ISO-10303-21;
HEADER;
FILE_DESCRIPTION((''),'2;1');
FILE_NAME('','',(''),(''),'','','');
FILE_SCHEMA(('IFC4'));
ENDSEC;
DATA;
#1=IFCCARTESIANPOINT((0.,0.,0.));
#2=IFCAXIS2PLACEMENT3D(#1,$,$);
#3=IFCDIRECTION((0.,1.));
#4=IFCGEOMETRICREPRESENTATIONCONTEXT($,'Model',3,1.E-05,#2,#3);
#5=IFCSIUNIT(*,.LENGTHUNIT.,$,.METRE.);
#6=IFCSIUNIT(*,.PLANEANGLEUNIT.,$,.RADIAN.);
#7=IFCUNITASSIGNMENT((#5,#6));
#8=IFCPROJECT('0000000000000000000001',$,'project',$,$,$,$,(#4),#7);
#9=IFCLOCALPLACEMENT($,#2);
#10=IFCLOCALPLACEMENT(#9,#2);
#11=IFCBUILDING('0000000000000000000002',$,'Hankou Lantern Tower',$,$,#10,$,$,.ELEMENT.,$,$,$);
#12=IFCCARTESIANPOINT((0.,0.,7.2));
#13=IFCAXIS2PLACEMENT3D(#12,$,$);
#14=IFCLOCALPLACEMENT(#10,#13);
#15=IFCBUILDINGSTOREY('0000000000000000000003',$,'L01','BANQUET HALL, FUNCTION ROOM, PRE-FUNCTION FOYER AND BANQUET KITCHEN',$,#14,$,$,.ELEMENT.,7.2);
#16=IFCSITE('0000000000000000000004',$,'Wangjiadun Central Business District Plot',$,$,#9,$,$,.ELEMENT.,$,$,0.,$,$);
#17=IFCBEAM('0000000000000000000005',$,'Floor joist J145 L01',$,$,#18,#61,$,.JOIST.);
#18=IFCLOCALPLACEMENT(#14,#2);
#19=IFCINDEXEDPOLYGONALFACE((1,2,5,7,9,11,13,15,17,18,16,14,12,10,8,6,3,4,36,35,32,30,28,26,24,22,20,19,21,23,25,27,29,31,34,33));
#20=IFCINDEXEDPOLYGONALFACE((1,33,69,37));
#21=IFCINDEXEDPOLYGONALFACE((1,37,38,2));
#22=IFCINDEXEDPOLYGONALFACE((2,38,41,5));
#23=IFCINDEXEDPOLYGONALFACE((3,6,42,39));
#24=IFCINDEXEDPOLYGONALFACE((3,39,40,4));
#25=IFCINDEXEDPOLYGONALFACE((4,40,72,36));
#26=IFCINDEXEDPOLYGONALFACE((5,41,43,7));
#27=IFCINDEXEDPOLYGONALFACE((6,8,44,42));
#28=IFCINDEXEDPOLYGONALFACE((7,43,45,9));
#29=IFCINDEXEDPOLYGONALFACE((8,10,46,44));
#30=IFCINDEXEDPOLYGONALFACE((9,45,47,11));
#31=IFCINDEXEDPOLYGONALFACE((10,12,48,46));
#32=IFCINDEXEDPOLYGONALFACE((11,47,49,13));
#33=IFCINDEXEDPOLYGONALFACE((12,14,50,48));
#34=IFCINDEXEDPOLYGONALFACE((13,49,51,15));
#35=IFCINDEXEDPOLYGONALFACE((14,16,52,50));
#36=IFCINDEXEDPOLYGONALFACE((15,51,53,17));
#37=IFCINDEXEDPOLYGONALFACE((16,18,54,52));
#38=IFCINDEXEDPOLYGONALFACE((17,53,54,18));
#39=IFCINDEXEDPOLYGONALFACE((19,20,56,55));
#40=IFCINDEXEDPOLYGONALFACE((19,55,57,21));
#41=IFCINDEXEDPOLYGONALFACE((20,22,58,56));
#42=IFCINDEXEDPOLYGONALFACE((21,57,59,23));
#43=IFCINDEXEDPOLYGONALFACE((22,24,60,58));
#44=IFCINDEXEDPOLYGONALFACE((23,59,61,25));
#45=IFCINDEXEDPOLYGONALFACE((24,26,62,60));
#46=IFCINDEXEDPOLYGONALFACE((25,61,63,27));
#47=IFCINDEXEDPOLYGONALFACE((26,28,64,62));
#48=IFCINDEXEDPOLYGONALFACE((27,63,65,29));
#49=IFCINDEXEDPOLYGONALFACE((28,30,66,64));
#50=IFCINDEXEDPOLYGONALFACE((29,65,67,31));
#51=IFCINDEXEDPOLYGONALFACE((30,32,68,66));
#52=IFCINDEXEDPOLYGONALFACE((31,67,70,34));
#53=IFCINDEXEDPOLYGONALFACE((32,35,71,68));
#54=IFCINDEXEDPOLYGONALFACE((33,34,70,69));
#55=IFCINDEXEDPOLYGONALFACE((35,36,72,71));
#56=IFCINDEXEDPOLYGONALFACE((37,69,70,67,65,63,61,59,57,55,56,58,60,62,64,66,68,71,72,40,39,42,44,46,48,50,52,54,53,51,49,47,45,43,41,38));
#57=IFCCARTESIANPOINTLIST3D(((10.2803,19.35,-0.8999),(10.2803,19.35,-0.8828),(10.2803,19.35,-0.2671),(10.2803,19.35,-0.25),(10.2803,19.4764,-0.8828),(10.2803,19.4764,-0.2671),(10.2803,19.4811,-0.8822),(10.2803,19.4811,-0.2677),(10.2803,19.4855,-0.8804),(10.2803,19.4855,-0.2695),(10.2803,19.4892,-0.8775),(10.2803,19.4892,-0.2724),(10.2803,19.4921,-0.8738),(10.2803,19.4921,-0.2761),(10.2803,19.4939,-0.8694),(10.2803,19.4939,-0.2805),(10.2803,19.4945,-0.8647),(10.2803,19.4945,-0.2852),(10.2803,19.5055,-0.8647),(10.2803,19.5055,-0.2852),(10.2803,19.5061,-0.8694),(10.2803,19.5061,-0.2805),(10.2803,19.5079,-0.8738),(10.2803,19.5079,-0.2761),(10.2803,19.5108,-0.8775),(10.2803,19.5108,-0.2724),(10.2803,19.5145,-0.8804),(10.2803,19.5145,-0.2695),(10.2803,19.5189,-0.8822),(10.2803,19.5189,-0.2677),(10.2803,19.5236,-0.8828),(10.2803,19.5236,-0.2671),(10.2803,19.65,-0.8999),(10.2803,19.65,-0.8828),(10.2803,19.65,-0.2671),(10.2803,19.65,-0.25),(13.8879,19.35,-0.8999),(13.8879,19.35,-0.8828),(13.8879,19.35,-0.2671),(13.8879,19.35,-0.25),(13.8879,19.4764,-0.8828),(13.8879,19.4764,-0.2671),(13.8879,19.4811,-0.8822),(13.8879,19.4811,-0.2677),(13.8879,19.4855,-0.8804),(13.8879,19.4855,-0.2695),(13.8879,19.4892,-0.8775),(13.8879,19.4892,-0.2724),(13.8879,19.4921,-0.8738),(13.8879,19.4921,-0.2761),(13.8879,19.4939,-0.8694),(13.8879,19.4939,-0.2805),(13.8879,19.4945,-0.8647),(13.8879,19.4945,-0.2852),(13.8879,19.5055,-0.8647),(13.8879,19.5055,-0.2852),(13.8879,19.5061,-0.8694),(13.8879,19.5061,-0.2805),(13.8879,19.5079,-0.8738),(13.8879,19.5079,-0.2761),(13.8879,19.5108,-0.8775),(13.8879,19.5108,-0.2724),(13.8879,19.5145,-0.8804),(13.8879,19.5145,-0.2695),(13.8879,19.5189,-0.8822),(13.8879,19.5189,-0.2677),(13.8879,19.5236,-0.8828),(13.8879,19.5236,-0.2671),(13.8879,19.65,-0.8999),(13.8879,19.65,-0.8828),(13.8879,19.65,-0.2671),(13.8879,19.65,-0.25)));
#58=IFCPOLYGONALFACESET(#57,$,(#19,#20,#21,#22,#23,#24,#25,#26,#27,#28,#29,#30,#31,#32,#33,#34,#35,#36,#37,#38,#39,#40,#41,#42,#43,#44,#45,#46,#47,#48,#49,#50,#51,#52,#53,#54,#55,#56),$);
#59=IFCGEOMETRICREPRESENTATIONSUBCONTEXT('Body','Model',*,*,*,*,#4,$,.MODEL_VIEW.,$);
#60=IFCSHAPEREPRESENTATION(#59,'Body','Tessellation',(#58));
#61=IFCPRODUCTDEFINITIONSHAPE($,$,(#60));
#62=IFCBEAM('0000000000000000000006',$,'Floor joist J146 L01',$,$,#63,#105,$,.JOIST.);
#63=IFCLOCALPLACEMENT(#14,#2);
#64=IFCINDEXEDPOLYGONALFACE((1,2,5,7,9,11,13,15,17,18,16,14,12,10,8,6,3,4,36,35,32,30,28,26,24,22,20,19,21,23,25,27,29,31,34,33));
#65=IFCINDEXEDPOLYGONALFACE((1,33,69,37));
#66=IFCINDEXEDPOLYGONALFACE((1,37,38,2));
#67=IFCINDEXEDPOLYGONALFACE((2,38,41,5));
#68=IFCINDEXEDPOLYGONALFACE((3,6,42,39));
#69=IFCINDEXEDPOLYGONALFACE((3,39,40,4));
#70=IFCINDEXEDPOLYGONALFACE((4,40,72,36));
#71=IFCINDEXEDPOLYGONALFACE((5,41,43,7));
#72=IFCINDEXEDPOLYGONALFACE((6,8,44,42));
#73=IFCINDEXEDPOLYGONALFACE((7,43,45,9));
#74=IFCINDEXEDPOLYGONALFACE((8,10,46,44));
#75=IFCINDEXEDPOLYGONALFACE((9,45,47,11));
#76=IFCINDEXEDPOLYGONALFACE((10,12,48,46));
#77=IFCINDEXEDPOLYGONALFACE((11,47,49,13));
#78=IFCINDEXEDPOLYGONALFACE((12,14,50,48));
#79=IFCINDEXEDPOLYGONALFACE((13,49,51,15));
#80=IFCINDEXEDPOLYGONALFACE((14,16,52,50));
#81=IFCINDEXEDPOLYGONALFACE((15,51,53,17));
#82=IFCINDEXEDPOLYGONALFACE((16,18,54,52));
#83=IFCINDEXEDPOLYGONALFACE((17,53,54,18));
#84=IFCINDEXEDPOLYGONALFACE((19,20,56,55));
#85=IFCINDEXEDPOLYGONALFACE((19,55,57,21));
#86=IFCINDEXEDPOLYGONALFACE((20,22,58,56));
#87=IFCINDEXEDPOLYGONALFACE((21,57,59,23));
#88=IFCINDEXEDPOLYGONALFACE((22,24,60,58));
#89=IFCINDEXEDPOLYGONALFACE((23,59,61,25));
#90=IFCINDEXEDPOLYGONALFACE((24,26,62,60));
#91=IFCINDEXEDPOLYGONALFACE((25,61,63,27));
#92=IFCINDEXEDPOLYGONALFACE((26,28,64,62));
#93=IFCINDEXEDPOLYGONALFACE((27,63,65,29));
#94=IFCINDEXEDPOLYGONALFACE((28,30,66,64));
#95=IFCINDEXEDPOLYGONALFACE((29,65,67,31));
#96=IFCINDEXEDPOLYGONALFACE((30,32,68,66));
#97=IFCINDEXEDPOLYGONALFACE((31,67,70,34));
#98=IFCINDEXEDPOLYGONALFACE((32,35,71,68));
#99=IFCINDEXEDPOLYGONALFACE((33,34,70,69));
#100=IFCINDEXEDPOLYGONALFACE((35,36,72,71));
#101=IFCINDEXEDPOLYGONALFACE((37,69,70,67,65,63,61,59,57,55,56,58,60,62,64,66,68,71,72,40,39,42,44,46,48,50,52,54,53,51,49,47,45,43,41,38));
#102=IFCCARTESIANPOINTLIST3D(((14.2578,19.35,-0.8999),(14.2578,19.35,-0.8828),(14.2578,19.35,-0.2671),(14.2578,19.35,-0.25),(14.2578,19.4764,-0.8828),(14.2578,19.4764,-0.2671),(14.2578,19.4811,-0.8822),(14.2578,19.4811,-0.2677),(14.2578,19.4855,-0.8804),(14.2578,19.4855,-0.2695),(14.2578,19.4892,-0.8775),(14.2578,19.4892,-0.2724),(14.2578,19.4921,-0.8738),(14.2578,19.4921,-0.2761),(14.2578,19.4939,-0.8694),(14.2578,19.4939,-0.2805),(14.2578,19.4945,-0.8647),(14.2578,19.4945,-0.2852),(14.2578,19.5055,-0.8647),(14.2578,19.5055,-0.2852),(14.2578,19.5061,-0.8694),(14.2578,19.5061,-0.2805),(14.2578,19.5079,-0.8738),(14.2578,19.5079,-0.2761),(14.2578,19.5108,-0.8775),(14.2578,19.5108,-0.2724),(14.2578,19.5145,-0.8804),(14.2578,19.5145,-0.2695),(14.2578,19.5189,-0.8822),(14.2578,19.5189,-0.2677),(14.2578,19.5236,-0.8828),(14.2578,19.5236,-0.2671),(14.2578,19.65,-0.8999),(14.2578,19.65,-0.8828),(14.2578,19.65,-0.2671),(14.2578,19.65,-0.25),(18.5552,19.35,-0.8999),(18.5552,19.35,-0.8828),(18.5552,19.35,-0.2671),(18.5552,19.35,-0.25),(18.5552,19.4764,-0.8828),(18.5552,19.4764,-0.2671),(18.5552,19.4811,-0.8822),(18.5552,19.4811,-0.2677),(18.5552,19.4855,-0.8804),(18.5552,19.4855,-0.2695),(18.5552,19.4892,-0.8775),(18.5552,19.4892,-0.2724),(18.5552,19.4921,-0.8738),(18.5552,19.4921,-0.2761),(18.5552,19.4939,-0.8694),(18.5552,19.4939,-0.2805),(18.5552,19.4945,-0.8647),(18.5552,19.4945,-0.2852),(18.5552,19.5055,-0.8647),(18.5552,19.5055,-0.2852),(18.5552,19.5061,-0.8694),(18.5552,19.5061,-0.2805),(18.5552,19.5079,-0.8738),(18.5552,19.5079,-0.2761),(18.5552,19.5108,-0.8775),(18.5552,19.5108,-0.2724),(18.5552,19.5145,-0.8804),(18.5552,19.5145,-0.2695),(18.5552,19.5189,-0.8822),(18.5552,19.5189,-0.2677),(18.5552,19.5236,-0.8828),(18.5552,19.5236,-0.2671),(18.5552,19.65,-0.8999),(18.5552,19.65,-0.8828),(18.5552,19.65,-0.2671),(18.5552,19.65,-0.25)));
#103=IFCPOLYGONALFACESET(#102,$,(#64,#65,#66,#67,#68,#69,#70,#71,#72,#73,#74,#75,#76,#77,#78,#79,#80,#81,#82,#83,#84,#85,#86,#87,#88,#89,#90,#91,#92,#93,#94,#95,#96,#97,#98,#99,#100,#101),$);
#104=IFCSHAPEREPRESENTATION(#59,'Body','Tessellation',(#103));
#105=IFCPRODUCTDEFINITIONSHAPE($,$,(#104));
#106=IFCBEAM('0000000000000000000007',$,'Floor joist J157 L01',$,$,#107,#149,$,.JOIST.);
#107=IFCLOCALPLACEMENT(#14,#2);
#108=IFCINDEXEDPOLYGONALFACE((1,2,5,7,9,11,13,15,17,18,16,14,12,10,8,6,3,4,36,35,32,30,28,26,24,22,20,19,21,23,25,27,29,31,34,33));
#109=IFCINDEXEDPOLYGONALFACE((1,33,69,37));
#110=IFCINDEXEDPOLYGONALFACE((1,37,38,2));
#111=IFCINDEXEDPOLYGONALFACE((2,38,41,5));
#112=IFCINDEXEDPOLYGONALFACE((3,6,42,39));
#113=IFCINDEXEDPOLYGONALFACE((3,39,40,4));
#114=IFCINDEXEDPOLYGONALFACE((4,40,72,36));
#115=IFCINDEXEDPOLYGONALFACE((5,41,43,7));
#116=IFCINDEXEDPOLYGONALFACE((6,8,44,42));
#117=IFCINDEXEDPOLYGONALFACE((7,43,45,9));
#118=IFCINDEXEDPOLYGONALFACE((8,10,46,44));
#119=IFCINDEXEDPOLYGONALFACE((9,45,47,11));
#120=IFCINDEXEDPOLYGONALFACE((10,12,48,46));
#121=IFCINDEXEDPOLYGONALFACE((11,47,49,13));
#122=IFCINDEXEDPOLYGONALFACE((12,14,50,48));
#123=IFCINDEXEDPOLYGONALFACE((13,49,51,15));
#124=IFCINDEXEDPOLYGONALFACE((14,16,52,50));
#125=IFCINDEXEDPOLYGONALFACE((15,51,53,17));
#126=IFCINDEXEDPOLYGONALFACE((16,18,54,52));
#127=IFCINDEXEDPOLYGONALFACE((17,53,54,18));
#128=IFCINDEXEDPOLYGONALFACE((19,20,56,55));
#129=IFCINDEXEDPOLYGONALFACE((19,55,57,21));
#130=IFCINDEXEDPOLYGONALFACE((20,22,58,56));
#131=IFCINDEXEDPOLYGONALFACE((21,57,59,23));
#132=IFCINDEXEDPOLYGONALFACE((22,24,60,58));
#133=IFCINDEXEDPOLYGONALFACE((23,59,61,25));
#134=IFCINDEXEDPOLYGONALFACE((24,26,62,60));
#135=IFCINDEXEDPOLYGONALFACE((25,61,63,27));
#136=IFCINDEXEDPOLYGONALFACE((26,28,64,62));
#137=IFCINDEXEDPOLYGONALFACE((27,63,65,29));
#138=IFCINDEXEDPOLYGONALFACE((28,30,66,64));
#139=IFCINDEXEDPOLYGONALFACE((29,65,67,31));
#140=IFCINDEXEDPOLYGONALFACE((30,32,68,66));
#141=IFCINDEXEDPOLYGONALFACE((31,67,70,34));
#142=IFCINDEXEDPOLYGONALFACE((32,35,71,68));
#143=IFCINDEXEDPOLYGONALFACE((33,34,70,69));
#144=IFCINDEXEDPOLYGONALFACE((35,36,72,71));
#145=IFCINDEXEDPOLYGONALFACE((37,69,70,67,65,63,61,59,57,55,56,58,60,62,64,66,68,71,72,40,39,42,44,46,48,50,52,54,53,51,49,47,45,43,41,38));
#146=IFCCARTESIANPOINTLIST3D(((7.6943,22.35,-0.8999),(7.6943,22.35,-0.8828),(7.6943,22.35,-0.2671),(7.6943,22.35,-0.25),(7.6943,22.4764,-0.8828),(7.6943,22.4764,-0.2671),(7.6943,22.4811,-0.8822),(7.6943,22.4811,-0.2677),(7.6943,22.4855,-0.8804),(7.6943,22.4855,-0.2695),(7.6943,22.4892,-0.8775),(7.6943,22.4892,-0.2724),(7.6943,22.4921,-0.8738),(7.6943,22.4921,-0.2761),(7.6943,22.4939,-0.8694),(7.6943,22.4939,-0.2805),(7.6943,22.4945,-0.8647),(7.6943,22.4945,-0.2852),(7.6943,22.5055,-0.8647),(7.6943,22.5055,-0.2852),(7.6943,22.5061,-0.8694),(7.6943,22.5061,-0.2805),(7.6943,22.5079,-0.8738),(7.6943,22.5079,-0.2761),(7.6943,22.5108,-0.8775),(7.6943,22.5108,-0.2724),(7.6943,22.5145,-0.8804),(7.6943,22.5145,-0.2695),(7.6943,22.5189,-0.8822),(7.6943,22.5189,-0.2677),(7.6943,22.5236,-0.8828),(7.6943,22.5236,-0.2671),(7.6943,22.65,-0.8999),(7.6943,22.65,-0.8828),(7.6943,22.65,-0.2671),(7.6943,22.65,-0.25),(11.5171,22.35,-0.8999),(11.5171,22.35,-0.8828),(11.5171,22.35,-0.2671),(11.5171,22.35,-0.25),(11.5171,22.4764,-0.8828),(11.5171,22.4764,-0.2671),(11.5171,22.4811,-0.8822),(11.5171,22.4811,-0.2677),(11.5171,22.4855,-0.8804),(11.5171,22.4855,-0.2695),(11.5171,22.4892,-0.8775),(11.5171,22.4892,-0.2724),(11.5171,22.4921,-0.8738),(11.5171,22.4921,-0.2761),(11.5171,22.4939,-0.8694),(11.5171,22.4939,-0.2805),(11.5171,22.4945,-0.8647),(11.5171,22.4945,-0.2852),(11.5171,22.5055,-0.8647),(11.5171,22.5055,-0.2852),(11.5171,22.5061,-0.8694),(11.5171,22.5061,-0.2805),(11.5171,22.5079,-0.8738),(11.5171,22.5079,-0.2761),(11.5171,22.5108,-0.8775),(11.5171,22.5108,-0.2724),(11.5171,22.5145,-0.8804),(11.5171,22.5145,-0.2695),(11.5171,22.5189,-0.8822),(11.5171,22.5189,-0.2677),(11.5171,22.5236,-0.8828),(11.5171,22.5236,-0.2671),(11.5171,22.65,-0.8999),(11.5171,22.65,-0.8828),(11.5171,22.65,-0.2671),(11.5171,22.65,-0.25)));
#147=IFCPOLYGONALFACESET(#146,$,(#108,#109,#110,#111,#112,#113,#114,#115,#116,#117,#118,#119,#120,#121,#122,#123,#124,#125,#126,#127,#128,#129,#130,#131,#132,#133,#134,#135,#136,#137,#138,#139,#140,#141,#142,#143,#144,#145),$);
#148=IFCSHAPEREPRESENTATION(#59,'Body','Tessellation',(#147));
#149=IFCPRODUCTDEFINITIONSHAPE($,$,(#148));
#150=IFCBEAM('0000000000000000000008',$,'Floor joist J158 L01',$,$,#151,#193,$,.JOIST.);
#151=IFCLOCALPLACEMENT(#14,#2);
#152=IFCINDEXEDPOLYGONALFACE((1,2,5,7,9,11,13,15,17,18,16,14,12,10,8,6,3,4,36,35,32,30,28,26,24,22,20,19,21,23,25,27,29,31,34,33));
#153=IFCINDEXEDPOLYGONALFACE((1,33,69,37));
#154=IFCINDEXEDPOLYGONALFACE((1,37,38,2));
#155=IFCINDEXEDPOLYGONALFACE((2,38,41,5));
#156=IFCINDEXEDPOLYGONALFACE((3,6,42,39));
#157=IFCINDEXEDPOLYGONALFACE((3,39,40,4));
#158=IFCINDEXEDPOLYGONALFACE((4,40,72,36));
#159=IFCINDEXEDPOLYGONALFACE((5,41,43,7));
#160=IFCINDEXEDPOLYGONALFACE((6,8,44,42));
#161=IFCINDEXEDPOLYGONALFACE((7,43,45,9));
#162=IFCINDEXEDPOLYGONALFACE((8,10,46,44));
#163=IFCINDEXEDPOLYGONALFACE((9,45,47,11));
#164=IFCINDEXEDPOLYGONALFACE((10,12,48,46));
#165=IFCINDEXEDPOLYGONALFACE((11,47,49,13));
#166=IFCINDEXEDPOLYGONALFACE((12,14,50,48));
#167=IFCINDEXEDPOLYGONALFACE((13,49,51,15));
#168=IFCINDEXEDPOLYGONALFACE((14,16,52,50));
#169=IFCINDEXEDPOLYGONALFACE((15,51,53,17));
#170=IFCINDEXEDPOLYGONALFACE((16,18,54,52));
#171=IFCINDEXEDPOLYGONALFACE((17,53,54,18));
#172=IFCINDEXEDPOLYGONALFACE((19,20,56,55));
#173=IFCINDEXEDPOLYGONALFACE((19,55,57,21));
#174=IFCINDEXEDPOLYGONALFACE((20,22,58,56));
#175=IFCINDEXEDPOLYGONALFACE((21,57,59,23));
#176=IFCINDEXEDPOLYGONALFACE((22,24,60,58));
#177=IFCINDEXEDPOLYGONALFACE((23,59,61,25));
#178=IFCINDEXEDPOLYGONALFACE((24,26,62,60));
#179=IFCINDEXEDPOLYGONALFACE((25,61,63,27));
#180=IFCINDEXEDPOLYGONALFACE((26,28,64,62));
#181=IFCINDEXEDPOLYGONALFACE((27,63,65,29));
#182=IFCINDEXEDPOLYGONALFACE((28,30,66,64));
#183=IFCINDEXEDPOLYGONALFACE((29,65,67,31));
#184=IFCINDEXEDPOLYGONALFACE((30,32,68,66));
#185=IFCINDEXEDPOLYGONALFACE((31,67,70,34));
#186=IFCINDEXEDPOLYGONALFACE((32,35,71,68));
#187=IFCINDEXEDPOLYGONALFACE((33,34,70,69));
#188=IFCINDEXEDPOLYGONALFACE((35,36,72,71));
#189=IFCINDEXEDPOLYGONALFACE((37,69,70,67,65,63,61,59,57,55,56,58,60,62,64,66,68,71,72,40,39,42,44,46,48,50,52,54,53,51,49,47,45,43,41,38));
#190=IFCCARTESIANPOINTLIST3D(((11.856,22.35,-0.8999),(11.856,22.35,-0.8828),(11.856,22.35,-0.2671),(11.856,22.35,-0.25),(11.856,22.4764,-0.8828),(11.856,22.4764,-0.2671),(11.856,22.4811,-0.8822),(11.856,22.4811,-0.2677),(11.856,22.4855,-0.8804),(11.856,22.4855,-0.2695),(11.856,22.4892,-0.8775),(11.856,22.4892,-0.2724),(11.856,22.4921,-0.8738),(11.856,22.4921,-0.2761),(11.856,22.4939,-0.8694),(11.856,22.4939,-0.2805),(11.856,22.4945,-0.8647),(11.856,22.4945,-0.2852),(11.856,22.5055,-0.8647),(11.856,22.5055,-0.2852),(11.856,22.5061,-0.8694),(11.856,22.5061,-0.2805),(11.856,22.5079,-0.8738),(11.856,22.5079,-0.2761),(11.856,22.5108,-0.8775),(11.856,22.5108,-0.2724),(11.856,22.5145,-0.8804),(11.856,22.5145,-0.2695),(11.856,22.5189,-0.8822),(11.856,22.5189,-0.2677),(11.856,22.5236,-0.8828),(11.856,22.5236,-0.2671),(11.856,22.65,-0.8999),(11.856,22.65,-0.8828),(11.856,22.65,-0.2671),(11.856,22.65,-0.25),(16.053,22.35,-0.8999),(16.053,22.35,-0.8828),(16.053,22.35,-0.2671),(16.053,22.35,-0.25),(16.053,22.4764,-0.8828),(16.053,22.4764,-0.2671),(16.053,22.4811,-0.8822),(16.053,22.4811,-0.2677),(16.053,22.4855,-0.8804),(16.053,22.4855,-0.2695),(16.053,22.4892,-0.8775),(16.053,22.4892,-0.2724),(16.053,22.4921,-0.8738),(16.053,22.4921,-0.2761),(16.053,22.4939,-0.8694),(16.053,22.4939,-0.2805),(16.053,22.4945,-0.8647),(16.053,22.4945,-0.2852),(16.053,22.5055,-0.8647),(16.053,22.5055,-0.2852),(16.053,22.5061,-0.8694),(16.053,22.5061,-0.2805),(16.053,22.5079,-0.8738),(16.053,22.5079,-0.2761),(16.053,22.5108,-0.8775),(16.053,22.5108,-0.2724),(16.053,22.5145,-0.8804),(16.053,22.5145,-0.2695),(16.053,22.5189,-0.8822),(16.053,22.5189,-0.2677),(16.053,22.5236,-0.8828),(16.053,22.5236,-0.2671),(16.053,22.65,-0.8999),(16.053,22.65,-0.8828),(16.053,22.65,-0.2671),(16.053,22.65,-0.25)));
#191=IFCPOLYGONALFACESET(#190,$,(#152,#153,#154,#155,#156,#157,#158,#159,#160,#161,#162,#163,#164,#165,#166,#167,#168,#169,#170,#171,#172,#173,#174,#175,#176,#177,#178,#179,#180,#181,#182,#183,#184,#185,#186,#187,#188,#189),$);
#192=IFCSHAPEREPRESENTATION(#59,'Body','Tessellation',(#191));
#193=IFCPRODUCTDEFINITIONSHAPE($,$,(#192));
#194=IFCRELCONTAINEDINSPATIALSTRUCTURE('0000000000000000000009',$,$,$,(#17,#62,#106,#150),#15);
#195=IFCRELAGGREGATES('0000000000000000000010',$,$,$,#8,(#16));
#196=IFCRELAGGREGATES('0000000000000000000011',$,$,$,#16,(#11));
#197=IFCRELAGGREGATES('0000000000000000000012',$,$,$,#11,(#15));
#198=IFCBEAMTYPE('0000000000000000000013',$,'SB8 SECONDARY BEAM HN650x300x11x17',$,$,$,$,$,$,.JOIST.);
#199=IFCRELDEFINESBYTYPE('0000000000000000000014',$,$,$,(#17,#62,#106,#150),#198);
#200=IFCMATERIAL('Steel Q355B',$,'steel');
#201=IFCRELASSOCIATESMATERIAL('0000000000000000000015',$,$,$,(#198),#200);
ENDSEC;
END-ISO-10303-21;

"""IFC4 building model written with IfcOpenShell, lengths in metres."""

from ifc_helpers import new_model, si_unit, direction, frame, origin, origin_2d, place, context, subcontext, project, spatial, i_section, extrude, material, material_profile, profile_set, type_object, element, save


model = new_model("IFC4")

# Units and contexts
model_context = context("Model", 3, precision=1e-05, world=origin(), true_north=direction((0.0, 1.0)))
body_context = subcontext(model_context, "Body", "Model", "MODEL_VIEW")
ifc_project = project(units=[si_unit("LENGTHUNIT", "METRE"), si_unit("PLANEANGLEUNIT", "RADIAN")], contexts=[model_context])

# Site, building, storey
site_placement = place(None, origin())
site = spatial("IfcSite", under=ifc_project, at=site_placement, Name="Wangjiadun Central Business District Plot", CompositionType="ELEMENT", RefElevation=0.0)
building_placement = place(site_placement, origin())
building = spatial("IfcBuilding", under=site, at=building_placement, Name="Hankou Lantern Tower", CompositionType="ELEMENT")
storey_placement = place(building_placement, frame((0.0, 0.0, 7.2)))
storey = spatial("IfcBuildingStorey", under=building, at=storey_placement, Name="L01", Description="BANQUET HALL, FUNCTION ROOM, PRE-FUNCTION FOYER AND BANQUET KITCHEN", CompositionType="ELEMENT", Elevation=7.2)

# Beams
ifc_material_1 = material(Name="Steel Q355B", Category="steel")
ifc_material_profile_1 = material_profile(ifc_material_1, i_section(OverallWidth=0.3, OverallDepth=0.6499, WebThickness=0.011, FlangeThickness=0.0171, FilletRadius=0.0181, at=origin_2d()), Name="HN650x300x11x17")
ifc_profile_set_1 = profile_set([ifc_material_profile_1], Name="Steel Q355B")
beam_type_1 = type_object("IfcBeamType", Name="SB8 SECONDARY BEAM HN650x300x11x17", PredefinedType="JOIST", material=ifc_profile_set_1)
beam_1_placement = place(storey_placement, frame((10.2803, 19.5, -0.575), z_axis=(1.0, 0.0, 0.0), x_axis=(0.0, 1.0, 0.0)))
element("IfcBeam", 1, at=beam_1_placement, inside=storey, type_object=beam_type_1, Name="Floor joist J145 L01", PredefinedType="JOIST", context=body_context, shape_type="SweptSolid", body=[
    extrude(i_section(OverallWidth=0.3, OverallDepth=0.6499, WebThickness=0.011, FlangeThickness=0.0171, FilletRadius=0.0181, at=origin_2d()), origin(), (0.0, 0.0, 1.0), 3.6077),
])
beam_2_placement = place(storey_placement, frame((14.2578, 19.5, -0.575), z_axis=(1.0, 0.0, 0.0), x_axis=(0.0, 1.0, 0.0)))
element("IfcBeam", 2, at=beam_2_placement, inside=storey, type_object=beam_type_1, Name="Floor joist J146 L01", PredefinedType="JOIST", context=body_context, shape_type="SweptSolid", body=[
    extrude(i_section(OverallWidth=0.3, OverallDepth=0.6499, WebThickness=0.011, FlangeThickness=0.0171, FilletRadius=0.0181, at=origin_2d()), origin(), (0.0, 0.0, 1.0), 4.2974),
])
beam_3_placement = place(storey_placement, frame((7.6943, 22.5, -0.575), z_axis=(1.0, 0.0, 0.0), x_axis=(0.0, 1.0, 0.0)))
element("IfcBeam", 3, at=beam_3_placement, inside=storey, type_object=beam_type_1, Name="Floor joist J157 L01", PredefinedType="JOIST", context=body_context, shape_type="SweptSolid", body=[
    extrude(i_section(OverallWidth=0.3, OverallDepth=0.6499, WebThickness=0.011, FlangeThickness=0.0171, FilletRadius=0.0181, at=origin_2d()), origin(), (0.0, 0.0, 1.0), 3.8228),
])
beam_4_placement = place(storey_placement, frame((11.856, 22.5, -0.575), z_axis=(1.0, 0.0, 0.0), x_axis=(0.0, 1.0, 0.0)))
element("IfcBeam", 4, at=beam_4_placement, inside=storey, type_object=beam_type_1, Name="Floor joist J158 L01", PredefinedType="JOIST", context=body_context, shape_type="SweptSolid", body=[
    extrude(i_section(OverallWidth=0.3, OverallDepth=0.6499, WebThickness=0.011, FlangeThickness=0.0171, FilletRadius=0.0181, at=origin_2d()), origin(), (0.0, 0.0, 1.0), 4.197),
])

save(model, "model.ifc")
